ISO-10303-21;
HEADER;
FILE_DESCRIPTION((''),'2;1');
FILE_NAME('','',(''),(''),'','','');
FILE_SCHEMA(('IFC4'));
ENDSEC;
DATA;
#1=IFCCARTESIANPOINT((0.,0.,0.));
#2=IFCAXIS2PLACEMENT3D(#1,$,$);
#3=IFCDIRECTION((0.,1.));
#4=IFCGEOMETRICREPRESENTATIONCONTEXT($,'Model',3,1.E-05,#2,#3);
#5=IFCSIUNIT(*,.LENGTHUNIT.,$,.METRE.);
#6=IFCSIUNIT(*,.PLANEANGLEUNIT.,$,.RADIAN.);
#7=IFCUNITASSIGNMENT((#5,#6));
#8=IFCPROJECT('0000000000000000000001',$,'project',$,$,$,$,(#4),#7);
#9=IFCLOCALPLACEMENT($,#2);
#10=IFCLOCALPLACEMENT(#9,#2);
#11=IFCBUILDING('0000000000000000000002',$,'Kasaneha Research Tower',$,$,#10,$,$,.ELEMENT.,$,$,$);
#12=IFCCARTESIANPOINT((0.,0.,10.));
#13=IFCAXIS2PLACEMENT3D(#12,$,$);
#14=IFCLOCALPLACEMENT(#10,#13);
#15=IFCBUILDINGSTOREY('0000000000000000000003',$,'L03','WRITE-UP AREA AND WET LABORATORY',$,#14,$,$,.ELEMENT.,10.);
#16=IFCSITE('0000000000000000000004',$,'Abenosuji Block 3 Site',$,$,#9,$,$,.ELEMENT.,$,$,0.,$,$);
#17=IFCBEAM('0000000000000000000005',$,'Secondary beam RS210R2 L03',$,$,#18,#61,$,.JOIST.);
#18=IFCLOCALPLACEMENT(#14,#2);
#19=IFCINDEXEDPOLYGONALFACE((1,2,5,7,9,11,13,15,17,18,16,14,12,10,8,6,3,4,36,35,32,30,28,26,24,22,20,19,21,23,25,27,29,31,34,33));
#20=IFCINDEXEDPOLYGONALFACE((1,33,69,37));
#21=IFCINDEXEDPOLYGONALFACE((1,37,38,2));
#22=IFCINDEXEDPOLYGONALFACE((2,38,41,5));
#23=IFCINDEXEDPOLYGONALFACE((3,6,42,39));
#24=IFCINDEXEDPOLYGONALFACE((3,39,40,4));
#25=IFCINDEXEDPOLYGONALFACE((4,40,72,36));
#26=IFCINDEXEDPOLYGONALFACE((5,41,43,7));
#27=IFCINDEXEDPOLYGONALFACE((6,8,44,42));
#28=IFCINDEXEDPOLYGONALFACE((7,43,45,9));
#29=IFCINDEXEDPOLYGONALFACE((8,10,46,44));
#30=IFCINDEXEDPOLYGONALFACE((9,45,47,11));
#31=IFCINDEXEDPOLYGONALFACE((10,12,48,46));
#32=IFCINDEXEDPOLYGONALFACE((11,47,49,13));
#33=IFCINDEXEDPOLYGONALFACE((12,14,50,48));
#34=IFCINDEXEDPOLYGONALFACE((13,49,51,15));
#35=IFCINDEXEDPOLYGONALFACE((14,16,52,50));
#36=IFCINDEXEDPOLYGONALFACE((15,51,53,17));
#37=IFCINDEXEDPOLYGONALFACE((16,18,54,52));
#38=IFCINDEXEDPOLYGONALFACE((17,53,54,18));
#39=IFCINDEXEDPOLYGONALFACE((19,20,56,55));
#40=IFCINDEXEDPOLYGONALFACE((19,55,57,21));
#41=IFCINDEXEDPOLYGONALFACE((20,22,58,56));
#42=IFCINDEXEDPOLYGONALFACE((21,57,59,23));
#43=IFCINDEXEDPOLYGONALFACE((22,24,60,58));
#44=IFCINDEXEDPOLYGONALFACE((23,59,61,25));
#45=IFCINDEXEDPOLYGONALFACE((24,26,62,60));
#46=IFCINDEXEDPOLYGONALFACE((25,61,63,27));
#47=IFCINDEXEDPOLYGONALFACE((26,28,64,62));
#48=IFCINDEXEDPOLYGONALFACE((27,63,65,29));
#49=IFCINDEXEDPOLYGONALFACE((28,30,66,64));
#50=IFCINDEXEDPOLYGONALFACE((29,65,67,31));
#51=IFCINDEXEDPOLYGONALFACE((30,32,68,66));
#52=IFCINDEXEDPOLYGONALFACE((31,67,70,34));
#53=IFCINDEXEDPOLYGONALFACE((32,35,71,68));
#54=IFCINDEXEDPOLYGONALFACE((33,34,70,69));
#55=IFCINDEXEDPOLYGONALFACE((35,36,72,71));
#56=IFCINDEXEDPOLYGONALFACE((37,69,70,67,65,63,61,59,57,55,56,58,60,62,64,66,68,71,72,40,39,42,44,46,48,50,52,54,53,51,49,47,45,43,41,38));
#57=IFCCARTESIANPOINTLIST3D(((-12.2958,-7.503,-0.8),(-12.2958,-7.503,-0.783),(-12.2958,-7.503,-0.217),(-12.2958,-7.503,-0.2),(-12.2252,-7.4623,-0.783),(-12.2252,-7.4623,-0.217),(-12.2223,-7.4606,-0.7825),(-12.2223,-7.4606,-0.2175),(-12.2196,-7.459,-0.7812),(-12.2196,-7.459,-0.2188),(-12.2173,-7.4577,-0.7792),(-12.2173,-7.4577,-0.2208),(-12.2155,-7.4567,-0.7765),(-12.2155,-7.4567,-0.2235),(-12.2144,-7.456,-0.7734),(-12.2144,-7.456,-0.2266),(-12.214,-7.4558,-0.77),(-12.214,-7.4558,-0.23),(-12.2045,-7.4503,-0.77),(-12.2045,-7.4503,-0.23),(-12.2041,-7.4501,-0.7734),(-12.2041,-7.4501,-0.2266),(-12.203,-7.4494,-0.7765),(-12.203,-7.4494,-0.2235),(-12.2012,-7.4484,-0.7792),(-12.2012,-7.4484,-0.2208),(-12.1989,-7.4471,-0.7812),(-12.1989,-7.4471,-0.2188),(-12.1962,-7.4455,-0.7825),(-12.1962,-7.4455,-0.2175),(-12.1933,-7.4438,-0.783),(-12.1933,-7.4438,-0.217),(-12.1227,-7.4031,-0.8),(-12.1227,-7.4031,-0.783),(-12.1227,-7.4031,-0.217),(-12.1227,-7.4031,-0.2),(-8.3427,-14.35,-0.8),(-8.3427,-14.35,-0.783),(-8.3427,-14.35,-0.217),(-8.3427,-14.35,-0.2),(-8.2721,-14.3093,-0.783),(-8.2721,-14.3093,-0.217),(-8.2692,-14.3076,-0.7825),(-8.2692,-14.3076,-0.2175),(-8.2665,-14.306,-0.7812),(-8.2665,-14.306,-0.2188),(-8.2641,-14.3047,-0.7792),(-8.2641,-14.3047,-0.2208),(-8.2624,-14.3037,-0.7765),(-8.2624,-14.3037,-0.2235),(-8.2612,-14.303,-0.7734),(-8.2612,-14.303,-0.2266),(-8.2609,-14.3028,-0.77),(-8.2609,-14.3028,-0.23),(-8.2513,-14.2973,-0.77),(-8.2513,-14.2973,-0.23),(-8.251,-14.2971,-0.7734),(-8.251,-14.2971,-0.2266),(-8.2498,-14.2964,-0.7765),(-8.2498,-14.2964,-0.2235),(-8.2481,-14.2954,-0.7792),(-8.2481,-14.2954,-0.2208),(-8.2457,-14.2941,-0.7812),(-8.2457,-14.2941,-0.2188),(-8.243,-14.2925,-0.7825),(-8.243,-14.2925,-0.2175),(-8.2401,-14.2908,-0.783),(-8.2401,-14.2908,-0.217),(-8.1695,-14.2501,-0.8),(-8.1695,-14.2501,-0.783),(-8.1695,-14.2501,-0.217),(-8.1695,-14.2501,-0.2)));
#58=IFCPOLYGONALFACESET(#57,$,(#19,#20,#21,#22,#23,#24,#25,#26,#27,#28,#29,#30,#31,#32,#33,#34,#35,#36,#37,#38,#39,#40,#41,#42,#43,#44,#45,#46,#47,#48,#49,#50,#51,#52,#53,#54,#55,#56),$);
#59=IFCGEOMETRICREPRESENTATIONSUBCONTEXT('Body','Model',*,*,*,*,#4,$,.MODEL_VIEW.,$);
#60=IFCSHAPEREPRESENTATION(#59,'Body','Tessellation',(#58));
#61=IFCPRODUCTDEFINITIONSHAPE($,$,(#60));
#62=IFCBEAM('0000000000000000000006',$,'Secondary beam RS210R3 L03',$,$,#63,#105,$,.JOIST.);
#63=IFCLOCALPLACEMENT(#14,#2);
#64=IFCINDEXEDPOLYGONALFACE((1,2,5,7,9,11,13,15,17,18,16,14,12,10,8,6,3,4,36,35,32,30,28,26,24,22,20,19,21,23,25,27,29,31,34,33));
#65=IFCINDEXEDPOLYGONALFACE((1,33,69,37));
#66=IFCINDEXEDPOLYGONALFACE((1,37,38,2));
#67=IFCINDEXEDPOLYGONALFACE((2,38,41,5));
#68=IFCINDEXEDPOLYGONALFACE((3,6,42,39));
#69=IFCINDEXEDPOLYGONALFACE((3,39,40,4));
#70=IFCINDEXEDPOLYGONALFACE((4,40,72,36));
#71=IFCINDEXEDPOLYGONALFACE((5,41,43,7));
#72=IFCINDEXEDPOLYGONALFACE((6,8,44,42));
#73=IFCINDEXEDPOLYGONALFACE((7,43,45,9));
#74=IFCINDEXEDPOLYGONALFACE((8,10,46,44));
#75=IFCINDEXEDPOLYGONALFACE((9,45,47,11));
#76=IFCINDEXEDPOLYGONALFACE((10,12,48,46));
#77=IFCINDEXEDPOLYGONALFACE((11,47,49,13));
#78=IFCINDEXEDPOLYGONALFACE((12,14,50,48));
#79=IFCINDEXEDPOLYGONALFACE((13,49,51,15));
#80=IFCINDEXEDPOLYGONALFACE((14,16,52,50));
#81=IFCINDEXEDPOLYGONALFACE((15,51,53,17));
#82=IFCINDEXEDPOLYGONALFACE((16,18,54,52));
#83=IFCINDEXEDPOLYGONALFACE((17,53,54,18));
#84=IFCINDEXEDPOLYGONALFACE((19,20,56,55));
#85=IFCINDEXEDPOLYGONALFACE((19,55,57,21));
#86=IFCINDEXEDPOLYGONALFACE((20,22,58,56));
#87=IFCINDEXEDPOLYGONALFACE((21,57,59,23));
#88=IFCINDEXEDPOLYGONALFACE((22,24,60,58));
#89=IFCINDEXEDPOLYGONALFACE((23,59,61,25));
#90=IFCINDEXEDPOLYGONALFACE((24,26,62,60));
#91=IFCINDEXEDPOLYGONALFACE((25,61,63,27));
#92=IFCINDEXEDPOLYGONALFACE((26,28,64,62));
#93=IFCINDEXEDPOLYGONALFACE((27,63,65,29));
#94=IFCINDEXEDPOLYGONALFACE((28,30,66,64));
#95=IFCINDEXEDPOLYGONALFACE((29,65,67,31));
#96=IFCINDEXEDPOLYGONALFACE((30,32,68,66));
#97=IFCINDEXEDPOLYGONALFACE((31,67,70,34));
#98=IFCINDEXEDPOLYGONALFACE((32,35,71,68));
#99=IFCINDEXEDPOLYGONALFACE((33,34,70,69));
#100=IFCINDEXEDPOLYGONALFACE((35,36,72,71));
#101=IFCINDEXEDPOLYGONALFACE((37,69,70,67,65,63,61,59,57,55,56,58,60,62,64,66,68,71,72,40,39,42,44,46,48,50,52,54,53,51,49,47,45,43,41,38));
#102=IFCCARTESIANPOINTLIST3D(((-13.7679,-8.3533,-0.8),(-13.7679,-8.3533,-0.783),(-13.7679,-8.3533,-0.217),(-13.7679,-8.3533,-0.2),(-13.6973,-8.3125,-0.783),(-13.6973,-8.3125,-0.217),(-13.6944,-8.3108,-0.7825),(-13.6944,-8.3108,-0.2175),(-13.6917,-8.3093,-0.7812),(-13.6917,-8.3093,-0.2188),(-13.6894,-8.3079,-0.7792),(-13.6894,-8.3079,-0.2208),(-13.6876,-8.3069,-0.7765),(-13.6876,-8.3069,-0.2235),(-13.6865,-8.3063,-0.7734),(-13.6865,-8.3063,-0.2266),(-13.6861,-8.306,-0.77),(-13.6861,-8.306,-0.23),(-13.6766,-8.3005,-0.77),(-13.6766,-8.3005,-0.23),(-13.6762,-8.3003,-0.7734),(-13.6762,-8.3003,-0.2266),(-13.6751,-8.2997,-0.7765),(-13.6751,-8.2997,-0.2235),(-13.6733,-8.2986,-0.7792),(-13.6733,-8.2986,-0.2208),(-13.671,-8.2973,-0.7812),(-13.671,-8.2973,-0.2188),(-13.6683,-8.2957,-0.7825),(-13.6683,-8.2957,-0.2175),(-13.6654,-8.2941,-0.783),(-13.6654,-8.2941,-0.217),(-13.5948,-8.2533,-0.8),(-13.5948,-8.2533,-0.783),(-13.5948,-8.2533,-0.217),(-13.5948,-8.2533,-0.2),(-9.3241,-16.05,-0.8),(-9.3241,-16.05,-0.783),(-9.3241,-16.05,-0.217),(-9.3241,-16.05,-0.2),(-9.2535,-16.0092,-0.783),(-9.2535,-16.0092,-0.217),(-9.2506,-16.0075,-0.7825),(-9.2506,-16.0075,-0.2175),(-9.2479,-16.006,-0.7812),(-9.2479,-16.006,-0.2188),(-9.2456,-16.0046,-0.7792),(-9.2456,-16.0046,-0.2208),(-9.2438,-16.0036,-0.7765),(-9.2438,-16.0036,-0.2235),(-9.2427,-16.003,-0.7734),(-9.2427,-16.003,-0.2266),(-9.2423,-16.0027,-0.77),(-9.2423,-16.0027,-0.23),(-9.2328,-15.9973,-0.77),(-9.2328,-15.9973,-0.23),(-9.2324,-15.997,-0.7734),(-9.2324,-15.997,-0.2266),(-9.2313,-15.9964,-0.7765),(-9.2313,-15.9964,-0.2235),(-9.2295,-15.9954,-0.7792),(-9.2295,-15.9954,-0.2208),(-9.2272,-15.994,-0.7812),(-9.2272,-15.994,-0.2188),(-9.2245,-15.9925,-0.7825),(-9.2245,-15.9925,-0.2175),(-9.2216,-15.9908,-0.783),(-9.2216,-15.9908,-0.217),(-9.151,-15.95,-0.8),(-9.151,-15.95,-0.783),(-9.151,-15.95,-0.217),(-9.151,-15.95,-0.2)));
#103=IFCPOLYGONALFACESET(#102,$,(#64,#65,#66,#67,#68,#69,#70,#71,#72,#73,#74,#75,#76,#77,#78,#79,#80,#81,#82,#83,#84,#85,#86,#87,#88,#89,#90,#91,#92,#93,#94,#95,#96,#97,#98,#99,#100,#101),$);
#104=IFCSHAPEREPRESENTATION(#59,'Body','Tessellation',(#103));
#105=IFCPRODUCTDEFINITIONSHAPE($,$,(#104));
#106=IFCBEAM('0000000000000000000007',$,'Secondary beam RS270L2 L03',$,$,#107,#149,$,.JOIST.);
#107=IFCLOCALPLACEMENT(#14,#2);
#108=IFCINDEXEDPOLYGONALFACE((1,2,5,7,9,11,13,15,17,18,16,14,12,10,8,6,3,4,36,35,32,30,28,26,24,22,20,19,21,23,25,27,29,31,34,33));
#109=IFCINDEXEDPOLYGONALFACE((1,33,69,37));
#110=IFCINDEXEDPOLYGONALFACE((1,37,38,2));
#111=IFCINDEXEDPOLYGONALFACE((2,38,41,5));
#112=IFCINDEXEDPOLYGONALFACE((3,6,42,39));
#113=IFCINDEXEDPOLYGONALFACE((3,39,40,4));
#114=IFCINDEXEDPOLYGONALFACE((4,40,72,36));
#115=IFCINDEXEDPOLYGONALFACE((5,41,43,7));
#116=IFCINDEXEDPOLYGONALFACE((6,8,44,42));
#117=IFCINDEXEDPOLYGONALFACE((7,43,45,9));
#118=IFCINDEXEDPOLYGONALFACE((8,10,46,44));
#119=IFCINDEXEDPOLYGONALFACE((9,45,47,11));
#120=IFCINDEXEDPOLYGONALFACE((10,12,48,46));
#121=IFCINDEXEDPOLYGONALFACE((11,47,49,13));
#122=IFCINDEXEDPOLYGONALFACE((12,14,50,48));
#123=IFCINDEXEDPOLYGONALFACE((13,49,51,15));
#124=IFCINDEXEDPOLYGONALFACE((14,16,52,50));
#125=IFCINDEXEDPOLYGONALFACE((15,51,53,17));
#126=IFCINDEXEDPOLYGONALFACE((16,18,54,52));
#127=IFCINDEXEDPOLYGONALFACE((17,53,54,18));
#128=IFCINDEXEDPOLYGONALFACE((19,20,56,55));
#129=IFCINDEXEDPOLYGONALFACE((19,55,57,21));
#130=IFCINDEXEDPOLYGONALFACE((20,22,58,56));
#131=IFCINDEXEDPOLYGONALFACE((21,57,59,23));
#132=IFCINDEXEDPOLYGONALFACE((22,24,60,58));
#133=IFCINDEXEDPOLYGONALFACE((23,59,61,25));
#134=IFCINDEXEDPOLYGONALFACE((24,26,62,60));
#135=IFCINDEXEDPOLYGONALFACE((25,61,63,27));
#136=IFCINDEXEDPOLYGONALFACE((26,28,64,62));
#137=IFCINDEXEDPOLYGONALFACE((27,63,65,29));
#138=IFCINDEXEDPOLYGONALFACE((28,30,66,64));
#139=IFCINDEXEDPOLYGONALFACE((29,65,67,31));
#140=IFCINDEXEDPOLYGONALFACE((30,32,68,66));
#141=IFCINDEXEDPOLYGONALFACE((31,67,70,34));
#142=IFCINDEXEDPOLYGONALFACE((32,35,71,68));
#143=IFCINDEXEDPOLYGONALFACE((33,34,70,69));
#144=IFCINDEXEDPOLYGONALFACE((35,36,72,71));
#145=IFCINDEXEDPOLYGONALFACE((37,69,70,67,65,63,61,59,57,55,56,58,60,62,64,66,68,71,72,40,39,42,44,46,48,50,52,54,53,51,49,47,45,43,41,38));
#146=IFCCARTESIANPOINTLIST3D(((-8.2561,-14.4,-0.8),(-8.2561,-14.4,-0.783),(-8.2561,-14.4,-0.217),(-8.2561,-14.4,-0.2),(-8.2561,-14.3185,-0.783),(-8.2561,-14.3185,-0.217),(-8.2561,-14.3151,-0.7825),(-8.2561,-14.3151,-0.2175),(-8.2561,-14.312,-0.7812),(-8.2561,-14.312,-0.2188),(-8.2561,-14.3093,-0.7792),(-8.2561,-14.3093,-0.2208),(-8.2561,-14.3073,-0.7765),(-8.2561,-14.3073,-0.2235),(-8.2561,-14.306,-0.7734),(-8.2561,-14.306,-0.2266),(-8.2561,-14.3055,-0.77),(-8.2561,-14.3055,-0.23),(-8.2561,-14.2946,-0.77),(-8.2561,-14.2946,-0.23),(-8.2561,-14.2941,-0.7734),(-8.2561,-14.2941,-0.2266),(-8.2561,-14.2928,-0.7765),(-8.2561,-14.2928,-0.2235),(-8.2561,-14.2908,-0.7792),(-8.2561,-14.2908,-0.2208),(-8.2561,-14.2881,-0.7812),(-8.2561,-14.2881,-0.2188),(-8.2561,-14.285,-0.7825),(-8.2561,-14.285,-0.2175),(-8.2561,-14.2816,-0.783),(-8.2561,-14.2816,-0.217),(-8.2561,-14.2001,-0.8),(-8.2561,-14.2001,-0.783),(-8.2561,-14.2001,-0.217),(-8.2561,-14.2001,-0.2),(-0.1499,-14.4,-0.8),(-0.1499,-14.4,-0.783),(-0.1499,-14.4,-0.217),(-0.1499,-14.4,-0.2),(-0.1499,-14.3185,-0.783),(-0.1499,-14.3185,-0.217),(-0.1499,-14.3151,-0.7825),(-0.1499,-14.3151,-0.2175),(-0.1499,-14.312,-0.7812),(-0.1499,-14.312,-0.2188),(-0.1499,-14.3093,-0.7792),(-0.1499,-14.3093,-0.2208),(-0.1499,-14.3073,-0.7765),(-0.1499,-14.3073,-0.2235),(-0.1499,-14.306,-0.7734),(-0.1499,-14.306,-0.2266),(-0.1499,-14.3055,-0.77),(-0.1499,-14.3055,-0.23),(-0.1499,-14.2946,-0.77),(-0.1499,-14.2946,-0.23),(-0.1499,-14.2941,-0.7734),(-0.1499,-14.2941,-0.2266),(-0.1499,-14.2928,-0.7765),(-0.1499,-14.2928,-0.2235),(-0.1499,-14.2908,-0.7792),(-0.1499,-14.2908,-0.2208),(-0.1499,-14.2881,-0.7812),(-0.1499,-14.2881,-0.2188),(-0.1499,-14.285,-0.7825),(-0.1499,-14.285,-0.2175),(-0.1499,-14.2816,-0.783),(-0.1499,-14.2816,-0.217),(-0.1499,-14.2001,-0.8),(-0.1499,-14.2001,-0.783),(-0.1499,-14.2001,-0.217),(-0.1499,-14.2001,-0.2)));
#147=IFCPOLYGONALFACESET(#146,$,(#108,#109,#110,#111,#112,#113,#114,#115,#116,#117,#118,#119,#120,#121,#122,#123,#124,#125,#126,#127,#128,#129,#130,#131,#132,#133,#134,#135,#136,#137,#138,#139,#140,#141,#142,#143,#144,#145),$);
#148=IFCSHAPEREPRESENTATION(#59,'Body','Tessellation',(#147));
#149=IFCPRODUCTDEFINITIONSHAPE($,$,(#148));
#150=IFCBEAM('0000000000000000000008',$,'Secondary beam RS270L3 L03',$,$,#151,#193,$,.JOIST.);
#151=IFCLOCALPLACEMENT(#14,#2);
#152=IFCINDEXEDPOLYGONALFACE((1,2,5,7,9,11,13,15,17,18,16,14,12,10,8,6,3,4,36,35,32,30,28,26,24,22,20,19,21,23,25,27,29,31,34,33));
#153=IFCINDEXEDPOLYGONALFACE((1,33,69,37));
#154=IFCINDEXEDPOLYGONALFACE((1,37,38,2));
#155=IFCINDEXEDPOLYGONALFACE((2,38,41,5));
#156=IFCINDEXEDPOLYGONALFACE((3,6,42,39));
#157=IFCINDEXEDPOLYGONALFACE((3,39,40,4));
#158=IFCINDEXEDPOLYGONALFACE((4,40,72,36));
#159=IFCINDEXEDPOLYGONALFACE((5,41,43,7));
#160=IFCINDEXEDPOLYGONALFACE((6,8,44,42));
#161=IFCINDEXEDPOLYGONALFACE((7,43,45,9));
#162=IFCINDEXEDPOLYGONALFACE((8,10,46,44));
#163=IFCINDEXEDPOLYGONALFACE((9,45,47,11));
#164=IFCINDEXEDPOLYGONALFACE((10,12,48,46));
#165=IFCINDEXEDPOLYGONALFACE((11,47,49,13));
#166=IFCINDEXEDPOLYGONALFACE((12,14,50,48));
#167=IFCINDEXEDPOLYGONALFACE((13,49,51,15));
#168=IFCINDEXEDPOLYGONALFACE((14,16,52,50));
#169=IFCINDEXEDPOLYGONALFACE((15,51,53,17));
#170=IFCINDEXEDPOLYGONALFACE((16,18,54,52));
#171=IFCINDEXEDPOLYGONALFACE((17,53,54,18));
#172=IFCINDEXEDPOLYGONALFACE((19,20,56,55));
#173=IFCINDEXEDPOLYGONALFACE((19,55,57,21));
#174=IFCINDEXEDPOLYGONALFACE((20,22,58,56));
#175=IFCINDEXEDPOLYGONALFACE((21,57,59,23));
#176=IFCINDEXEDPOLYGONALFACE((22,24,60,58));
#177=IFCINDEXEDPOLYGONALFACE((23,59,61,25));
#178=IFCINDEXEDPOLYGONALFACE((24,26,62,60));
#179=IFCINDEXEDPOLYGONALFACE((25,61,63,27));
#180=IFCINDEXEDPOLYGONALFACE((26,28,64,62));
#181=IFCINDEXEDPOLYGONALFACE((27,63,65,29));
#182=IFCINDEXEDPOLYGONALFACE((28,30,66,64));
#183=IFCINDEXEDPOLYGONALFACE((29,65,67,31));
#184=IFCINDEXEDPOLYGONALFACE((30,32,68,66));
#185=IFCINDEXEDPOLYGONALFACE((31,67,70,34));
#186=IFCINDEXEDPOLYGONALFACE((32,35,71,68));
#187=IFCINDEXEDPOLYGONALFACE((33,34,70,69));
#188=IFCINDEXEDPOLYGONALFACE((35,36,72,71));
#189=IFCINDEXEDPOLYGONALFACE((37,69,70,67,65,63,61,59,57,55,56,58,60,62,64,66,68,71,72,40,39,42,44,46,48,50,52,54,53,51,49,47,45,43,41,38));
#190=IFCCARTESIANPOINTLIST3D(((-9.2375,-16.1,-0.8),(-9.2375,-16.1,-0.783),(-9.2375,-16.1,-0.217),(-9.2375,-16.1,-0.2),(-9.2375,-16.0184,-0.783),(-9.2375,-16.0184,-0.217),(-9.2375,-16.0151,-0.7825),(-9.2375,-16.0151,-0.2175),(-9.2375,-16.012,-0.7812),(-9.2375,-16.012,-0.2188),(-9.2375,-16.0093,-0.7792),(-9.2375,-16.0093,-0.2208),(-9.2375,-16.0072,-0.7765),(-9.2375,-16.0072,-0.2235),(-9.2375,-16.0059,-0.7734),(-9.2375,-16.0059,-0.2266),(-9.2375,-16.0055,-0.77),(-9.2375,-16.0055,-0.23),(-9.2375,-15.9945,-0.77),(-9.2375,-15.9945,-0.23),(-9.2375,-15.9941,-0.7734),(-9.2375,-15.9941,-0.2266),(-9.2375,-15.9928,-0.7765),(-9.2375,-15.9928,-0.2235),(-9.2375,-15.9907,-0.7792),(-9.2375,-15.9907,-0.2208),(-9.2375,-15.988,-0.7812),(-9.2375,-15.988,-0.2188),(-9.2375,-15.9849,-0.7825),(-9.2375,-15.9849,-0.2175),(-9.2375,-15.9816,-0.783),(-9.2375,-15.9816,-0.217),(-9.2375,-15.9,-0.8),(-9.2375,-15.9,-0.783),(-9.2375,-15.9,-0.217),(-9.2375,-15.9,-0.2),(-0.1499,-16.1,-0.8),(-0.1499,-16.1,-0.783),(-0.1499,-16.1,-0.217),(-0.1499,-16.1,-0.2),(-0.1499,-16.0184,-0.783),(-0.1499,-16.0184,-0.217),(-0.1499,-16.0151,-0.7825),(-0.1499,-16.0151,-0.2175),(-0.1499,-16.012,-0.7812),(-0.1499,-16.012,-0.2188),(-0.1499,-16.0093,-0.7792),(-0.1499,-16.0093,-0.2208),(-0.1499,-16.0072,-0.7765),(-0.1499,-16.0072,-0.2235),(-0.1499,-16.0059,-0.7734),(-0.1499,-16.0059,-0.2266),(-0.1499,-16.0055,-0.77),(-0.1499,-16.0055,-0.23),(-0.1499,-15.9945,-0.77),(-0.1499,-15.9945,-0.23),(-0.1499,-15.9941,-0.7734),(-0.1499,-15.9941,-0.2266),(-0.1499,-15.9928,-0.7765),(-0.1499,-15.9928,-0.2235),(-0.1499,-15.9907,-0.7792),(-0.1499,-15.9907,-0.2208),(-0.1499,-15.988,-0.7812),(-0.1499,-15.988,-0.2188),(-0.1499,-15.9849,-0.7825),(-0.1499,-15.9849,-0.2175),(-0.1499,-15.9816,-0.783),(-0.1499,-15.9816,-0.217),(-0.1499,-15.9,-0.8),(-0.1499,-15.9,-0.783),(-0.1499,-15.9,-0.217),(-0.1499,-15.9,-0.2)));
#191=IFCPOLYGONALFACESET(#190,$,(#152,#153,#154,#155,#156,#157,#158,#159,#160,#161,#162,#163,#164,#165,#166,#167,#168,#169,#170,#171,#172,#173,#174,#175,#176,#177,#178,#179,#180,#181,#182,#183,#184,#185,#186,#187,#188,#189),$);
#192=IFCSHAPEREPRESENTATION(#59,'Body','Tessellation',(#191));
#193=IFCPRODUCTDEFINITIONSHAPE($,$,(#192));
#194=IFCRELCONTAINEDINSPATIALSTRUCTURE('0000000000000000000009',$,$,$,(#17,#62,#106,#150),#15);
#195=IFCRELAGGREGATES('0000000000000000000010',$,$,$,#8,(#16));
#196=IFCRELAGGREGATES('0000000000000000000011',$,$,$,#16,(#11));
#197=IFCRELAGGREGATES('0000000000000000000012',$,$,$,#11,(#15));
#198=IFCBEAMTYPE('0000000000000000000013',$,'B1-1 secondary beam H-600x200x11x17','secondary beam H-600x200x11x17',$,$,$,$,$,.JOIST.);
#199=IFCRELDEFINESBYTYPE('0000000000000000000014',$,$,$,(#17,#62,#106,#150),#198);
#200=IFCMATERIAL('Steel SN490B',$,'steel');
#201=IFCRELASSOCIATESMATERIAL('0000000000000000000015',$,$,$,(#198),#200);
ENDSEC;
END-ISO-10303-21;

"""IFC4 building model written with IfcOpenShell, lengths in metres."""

from ifc_helpers import new_model, si_unit, direction, frame, origin, origin_2d, place, context, subcontext, project, spatial, i_section, extrude, material, material_profile, profile_set, type_object, element, save


model = new_model("IFC4")

# Units and contexts
model_context = context("Model", 3, precision=1e-05, world=origin(), true_north=direction((0.0, 1.0)))
body_context = subcontext(model_context, "Body", "Model", "MODEL_VIEW")
ifc_project = project(units=[si_unit("LENGTHUNIT", "METRE"), si_unit("PLANEANGLEUNIT", "RADIAN")], contexts=[model_context])

# Site, building, storey
site_placement = place(None, origin())
site = spatial("IfcSite", under=ifc_project, at=site_placement, Name="Abenosuji Block 3 Site", CompositionType="ELEMENT", RefElevation=0.0)
building_placement = place(site_placement, origin())
building = spatial("IfcBuilding", under=site, at=building_placement, Name="Kasaneha Research Tower", CompositionType="ELEMENT")
storey_placement = place(building_placement, frame((0.0, 0.0, 10.0)))
storey = spatial("IfcBuildingStorey", under=building, at=storey_placement, Name="L03", Description="WRITE-UP AREA AND WET LABORATORY", CompositionType="ELEMENT", Elevation=10.0)

# Beams
ifc_material_1 = material(Name="Steel SN490B", Category="steel")
ifc_material_profile_1 = material_profile(ifc_material_1, i_section(OverallWidth=0.2, OverallDepth=0.6001, WebThickness=0.011, FlangeThickness=0.0171, FilletRadius=0.0129, at=origin_2d()), Name="H-600x200x11x17")
ifc_profile_set_1 = profile_set([ifc_material_profile_1], Name="Steel SN490B")
beam_type_1 = type_object("IfcBeamType", Name="B1-1 secondary beam H-600x200x11x17", Description="secondary beam H-600x200x11x17", PredefinedType="JOIST", material=ifc_profile_set_1)
beam_1_placement = place(storey_placement, frame((-8.2561, -14.3, -0.5), z_axis=(-0.500005, 0.866023, 0.0), x_axis=(-0.866023, -0.500005, 0.0)))
element("IfcBeam", 1, at=beam_1_placement, inside=storey, type_object=beam_type_1, Name="Secondary beam RS210R2 L03", PredefinedType="JOIST", context=body_context, shape_type="SweptSolid", body=[
    extrude(i_section(OverallWidth=0.2, OverallDepth=0.6001, WebThickness=0.011, FlangeThickness=0.0171, FilletRadius=0.0129, at=origin_2d()), origin(), (0.0, 0.0, 1.0), 7.9062),
])
beam_2_placement = place(storey_placement, frame((-9.2375, -16.0, -0.5), z_axis=(-0.500009, 0.86602, 0.0), x_axis=(-0.86602, -0.500009, 0.0)))
element("IfcBeam", 2, at=beam_2_placement, inside=storey, type_object=beam_type_1, Name="Secondary beam RS210R3 L03", PredefinedType="JOIST", context=body_context, shape_type="SweptSolid", body=[
    extrude(i_section(OverallWidth=0.2, OverallDepth=0.6001, WebThickness=0.011, FlangeThickness=0.0171, FilletRadius=0.0129, at=origin_2d()), origin(), (0.0, 0.0, 1.0), 8.8875),
])
beam_3_placement = place(storey_placement, frame((-8.2561, -14.3, -0.5), z_axis=(1.0, 0.0, 0.0), x_axis=(0.0, 1.0, 0.0)))
element("IfcBeam", 3, at=beam_3_placement, inside=storey, type_object=beam_type_1, Name="Secondary beam RS270L2 L03", PredefinedType="JOIST", context=body_context, shape_type="SweptSolid", body=[
    extrude(i_section(OverallWidth=0.2, OverallDepth=0.6001, WebThickness=0.011, FlangeThickness=0.0171, FilletRadius=0.0129, at=origin_2d()), origin(), (0.0, 0.0, 1.0), 8.1062),
])
beam_4_placement = place(storey_placement, frame((-9.2375, -16.0, -0.5), z_axis=(1.0, 0.0, 0.0), x_axis=(0.0, 1.0, 0.0)))
element("IfcBeam", 4, at=beam_4_placement, inside=storey, type_object=beam_type_1, Name="Secondary beam RS270L3 L03", PredefinedType="JOIST", context=body_context, shape_type="SweptSolid", body=[
    extrude(i_section(OverallWidth=0.2, OverallDepth=0.6001, WebThickness=0.011, FlangeThickness=0.0171, FilletRadius=0.0129, at=origin_2d()), origin(), (0.0, 0.0, 1.0), 9.0876),
])

save(model, "model.ifc")
